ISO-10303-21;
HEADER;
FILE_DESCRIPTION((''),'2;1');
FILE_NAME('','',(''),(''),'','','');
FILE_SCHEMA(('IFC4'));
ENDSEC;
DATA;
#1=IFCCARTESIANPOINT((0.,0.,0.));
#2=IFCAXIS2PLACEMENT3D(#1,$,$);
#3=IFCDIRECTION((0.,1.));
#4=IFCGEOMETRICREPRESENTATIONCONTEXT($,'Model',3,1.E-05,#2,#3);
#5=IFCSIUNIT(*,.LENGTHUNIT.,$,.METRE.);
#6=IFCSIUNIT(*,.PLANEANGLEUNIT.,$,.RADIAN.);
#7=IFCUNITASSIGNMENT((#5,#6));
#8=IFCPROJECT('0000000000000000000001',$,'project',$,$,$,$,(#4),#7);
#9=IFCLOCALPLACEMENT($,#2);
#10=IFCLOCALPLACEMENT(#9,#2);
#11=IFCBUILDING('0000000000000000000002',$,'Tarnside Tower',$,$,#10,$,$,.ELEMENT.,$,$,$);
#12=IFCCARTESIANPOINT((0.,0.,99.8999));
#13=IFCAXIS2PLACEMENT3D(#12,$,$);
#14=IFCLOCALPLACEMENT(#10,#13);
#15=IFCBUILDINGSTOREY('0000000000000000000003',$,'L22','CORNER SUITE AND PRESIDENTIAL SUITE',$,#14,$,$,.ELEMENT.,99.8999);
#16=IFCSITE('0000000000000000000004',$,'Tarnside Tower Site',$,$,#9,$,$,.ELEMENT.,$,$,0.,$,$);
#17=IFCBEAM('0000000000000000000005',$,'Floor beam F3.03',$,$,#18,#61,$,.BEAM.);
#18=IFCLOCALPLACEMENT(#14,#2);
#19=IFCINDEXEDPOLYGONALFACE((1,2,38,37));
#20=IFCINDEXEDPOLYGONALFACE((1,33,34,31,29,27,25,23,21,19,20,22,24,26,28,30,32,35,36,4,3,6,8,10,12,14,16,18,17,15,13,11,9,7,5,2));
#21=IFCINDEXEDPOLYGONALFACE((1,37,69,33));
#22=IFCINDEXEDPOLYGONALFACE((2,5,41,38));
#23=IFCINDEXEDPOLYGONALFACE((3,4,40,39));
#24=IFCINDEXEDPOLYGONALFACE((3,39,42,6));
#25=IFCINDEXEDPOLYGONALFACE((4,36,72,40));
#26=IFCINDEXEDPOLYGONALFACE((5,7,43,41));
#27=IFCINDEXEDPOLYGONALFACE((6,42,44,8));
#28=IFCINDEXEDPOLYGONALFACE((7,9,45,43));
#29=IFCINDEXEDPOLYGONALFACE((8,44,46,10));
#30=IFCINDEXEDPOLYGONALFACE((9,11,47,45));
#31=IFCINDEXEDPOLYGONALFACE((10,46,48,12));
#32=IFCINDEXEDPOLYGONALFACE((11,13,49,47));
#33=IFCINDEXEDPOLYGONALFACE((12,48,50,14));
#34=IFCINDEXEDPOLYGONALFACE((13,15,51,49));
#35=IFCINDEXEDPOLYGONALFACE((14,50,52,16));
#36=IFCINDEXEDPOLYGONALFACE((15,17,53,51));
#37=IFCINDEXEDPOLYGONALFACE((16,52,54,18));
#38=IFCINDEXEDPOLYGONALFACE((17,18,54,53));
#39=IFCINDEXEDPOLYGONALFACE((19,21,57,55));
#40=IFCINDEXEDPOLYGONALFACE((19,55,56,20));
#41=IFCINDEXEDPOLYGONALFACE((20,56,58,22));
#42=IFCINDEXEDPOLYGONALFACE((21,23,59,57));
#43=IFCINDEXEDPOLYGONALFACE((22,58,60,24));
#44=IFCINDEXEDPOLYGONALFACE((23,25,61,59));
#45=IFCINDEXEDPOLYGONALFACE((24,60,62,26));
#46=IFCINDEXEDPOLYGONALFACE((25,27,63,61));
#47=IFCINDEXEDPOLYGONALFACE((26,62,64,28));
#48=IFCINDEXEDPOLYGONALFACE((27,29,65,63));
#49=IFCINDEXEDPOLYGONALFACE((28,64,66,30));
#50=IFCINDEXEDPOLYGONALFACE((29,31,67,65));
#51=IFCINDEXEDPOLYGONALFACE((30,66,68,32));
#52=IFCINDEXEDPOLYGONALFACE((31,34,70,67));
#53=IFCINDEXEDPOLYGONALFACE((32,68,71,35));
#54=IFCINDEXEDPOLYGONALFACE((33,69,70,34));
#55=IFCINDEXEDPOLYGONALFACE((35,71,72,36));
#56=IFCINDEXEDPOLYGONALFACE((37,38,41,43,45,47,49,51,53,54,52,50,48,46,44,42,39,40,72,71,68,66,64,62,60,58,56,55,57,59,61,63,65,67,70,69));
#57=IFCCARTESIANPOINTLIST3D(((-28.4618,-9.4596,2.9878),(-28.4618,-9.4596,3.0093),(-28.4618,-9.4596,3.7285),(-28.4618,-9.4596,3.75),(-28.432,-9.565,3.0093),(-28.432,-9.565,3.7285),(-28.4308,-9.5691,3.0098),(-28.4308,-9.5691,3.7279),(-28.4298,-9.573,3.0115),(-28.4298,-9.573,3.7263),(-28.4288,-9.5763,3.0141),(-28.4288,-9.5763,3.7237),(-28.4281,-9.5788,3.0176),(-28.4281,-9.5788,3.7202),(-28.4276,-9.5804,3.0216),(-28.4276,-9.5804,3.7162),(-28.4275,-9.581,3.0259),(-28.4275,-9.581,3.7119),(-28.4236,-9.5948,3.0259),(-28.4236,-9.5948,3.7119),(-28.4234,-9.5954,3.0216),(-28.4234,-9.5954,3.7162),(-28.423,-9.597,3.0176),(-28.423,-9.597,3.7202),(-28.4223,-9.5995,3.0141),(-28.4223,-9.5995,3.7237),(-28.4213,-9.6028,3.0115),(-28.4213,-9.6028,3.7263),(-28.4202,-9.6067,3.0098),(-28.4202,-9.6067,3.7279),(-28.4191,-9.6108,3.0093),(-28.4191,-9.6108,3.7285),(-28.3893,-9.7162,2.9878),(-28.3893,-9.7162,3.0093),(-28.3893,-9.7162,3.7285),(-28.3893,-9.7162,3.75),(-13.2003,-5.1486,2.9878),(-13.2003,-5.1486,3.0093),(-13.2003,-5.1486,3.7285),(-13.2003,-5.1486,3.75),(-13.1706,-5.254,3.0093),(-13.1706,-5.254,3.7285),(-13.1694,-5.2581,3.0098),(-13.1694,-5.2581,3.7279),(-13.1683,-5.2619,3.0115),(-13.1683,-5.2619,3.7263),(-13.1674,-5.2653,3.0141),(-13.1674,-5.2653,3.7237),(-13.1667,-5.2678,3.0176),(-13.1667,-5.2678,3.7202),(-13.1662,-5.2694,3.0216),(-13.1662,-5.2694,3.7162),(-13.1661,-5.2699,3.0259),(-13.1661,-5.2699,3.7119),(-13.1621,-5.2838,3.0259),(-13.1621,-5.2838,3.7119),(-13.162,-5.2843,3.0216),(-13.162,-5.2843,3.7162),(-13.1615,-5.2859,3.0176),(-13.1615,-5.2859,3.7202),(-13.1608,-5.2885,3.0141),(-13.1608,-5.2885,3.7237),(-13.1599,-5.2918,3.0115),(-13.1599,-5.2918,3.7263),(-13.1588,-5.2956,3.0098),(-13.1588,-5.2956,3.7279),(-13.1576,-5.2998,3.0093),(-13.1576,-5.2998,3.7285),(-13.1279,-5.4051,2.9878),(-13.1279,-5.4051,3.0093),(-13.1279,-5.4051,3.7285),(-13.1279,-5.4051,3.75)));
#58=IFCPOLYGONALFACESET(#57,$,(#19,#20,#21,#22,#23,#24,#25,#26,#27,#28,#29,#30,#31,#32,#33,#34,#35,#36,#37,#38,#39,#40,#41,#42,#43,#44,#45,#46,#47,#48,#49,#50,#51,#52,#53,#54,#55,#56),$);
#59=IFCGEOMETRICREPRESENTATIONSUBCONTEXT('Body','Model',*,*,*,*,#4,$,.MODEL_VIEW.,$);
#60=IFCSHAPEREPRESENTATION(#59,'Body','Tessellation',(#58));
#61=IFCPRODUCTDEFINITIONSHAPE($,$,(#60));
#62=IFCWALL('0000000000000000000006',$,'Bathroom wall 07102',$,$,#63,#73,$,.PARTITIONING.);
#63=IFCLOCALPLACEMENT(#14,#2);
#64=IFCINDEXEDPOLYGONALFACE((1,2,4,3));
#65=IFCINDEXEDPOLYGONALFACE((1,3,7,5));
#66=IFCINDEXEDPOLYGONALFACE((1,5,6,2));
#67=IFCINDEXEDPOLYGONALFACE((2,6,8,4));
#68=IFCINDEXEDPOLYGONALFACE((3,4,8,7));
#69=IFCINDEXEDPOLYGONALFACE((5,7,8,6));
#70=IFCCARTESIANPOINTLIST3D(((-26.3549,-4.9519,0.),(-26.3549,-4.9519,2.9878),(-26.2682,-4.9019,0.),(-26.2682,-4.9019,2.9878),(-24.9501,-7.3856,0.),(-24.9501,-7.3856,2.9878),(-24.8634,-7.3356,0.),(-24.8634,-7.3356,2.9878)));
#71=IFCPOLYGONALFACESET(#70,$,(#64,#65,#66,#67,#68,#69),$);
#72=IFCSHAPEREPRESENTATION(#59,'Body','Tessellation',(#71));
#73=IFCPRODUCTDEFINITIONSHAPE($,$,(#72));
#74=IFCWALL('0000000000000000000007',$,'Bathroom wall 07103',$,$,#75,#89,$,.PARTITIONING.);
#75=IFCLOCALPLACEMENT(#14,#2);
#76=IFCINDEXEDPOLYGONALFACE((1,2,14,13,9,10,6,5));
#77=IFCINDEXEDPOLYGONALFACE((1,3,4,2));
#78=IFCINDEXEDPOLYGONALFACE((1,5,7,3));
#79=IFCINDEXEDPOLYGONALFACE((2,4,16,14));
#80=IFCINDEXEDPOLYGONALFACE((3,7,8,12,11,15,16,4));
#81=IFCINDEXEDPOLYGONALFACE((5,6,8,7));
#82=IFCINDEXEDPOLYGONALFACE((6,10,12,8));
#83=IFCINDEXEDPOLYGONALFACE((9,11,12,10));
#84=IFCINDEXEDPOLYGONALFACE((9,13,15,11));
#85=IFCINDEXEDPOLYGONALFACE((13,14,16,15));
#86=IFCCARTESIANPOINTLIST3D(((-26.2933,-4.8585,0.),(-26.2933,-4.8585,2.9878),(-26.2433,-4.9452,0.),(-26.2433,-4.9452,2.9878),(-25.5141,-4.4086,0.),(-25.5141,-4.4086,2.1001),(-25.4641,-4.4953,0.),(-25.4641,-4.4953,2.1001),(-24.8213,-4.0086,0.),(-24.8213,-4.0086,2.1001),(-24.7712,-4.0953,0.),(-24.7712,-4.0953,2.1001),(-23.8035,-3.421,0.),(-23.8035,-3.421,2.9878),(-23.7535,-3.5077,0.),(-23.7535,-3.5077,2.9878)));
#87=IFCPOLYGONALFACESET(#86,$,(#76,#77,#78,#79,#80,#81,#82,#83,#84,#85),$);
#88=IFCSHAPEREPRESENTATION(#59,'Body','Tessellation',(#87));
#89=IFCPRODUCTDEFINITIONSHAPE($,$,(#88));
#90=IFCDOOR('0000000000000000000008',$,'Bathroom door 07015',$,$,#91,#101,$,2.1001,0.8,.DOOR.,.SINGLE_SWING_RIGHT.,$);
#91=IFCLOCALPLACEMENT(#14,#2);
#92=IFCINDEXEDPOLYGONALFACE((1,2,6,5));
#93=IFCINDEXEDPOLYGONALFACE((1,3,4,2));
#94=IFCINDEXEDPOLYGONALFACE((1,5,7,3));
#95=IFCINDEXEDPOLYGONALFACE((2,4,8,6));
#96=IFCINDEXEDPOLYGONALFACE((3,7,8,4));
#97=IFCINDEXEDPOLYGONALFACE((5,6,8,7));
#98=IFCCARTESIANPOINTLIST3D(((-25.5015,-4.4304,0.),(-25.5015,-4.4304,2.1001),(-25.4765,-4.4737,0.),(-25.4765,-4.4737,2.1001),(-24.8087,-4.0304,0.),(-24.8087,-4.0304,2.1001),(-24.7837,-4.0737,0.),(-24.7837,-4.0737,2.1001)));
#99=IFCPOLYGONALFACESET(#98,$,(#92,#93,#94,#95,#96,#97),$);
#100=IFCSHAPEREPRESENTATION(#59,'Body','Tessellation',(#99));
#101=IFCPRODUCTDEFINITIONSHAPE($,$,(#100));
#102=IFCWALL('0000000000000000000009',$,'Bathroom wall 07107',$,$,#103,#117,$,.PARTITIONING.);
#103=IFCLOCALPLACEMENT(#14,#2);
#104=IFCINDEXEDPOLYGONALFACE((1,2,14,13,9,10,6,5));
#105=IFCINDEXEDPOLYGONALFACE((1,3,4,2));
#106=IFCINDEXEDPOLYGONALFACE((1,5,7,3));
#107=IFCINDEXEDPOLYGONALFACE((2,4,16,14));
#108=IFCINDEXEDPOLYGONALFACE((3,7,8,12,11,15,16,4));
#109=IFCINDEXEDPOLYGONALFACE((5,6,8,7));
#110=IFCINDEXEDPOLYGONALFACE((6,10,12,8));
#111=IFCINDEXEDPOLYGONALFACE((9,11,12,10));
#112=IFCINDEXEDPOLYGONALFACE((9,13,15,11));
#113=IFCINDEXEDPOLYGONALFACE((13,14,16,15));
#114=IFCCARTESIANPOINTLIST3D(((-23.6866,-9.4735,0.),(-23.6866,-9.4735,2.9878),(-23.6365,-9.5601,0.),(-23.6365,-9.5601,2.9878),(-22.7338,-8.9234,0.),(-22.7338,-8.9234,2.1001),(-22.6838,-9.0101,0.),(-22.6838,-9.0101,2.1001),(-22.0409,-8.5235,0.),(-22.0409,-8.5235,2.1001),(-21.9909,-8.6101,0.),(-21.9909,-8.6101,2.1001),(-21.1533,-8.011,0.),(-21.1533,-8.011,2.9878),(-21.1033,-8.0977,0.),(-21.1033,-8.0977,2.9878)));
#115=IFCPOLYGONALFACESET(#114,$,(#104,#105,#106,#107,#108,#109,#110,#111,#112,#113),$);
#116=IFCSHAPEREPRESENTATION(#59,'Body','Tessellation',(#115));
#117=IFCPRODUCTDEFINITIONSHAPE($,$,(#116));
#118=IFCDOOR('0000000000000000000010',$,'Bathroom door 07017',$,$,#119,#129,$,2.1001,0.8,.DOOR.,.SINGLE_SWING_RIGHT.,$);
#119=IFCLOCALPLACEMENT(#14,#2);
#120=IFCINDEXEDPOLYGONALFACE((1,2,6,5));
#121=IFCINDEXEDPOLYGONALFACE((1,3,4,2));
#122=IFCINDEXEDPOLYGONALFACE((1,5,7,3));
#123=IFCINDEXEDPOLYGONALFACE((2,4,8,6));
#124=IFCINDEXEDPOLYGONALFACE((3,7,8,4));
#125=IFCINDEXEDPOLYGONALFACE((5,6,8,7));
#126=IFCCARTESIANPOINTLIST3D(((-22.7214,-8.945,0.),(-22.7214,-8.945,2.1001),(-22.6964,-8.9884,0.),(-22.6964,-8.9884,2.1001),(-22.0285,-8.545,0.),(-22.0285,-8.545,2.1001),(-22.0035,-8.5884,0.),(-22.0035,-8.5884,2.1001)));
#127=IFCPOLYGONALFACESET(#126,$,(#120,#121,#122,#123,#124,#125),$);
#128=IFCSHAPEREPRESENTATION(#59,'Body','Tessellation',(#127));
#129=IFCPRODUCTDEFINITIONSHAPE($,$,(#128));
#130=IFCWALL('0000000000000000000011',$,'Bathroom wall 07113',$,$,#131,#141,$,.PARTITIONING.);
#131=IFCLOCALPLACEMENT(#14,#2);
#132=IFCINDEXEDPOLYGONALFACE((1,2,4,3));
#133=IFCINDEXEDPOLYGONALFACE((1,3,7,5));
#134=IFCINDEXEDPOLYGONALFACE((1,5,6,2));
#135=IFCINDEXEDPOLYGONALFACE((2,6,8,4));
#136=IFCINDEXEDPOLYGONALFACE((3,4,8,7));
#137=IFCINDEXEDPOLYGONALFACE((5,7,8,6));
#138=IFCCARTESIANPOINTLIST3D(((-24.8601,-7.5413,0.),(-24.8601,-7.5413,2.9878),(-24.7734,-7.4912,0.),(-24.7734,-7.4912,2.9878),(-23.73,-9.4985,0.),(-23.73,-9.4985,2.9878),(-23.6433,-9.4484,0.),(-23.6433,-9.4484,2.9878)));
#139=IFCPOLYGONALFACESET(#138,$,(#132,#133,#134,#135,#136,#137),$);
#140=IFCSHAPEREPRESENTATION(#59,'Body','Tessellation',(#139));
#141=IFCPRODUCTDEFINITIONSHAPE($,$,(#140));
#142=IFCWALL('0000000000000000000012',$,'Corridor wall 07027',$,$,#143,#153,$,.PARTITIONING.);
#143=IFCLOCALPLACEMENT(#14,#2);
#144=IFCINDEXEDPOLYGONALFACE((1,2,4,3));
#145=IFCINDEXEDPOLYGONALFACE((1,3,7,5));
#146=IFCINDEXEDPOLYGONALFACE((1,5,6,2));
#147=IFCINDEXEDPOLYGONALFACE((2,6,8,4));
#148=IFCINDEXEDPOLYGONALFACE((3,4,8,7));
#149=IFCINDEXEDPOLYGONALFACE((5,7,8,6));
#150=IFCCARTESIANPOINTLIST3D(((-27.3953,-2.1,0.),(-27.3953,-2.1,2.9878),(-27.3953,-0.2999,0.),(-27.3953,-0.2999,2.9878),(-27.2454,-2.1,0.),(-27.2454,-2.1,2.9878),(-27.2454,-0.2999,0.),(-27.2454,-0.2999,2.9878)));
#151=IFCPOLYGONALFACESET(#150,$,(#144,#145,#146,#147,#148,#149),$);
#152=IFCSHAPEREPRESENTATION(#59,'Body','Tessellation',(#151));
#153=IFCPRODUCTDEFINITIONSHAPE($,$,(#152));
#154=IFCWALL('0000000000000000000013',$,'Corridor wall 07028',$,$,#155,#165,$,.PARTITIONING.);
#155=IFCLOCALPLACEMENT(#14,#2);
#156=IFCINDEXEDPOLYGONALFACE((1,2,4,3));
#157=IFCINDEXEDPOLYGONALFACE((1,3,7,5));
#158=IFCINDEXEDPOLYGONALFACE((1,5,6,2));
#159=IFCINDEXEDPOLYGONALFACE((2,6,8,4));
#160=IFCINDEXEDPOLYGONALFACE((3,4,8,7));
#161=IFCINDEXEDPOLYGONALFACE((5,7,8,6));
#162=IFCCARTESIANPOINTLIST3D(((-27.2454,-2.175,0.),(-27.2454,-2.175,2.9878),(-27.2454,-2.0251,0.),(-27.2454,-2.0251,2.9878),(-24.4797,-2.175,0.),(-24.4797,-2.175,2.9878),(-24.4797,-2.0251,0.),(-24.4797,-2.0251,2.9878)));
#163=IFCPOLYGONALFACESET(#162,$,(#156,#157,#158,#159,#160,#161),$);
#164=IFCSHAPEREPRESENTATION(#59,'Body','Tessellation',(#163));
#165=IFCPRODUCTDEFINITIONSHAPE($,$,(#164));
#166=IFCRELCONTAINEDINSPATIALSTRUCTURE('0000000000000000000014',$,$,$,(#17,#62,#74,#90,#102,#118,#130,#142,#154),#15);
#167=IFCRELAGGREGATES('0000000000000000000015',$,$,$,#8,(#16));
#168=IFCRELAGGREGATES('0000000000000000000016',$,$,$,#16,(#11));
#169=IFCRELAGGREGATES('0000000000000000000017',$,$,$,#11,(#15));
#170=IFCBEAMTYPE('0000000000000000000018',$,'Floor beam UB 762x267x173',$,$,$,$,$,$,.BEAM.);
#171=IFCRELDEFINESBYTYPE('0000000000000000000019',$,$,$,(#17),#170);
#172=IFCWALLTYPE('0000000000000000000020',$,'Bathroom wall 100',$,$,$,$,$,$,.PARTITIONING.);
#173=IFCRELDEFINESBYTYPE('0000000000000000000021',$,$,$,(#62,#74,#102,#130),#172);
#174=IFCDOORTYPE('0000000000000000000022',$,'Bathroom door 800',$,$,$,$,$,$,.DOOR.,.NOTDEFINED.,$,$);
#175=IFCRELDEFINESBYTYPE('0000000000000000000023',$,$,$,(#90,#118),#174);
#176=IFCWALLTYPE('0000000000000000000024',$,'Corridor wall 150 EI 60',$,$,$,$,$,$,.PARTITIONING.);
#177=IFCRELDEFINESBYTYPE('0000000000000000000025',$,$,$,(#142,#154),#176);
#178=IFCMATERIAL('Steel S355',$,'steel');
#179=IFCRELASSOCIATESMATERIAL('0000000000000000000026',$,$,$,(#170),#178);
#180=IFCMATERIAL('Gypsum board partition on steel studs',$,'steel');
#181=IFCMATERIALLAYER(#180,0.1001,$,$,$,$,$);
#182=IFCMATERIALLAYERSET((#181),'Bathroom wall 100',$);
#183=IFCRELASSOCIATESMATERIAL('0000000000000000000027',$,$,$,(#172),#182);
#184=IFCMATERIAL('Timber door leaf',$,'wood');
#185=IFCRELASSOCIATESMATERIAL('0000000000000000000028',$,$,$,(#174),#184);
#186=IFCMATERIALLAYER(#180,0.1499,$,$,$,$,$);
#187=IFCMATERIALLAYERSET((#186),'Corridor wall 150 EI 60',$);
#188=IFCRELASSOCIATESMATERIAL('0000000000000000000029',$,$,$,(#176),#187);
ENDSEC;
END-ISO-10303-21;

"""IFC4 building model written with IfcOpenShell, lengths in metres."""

from ifc_helpers import new_model, si_unit, direction, frame, frame_2d, origin, origin_2d, place, context, subcontext, project, spatial, rectangle, i_section, extrude, material, layer, layer_set, material_profile, profile_set, type_object, element, fill, save


model = new_model("IFC4")

# Units and contexts
model_context = context("Model", 3, precision=1e-05, world=origin(), true_north=direction((0.0, 1.0)))
body_context = subcontext(model_context, "Body", "Model", "MODEL_VIEW")
ifc_project = project(units=[si_unit("LENGTHUNIT", "METRE"), si_unit("PLANEANGLEUNIT", "RADIAN")], contexts=[model_context])

# Site, building, storey
site_placement = place(None, origin())
site = spatial("IfcSite", under=ifc_project, at=site_placement, Name="Tarnside Tower Site", CompositionType="ELEMENT", RefElevation=0.0)
building_placement = place(site_placement, origin())
building = spatial("IfcBuilding", under=site, at=building_placement, Name="Tarnside Tower", CompositionType="ELEMENT")
storey_placement = place(building_placement, frame((0.0, 0.0, 99.8999)))
storey = spatial("IfcBuildingStorey", under=building, at=storey_placement, Name="L22", Description="CORNER SUITE AND PRESIDENTIAL SUITE", CompositionType="ELEMENT", Elevation=99.8999)

# Beam
ifc_material_1 = material(Name="Steel S355", Category="steel")
ifc_material_profile = material_profile(ifc_material_1, i_section(OverallWidth=0.2666, OverallDepth=0.7622, WebThickness=0.0144, FlangeThickness=0.0215, FilletRadius=0.0166, at=origin_2d()), Name="UB 762x267x173")
ifc_profile_set = profile_set([ifc_material_profile], Name="Steel S355")
beam_type = type_object("IfcBeamType", Name="Floor beam UB 762x267x173", PredefinedType="BEAM", material=ifc_profile_set)
beam_placement = place(storey_placement, frame((-28.4255, -9.5879, 3.3689), z_axis=(0.962342, 0.271841, 0.0), x_axis=(-0.271841, 0.962342, 0.0)))
element("IfcBeam", 1, at=beam_placement, inside=storey, type_object=beam_type, Name="Floor beam F3.03", PredefinedType="BEAM", context=body_context, shape_type="SweptSolid", body=[
    extrude(i_section(OverallWidth=0.2666, OverallDepth=0.7622, WebThickness=0.0144, FlangeThickness=0.0215, FilletRadius=0.0166, at=origin_2d()), origin(), (0.0, 0.0, 1.0), 15.8586),
])

# Wall
ifc_material_2 = material(Name="Gypsum board partition on steel studs", Category="steel")
ifc_layer_1 = layer(ifc_material_2, 0.1001)
ifc_layer_set_1 = layer_set([ifc_layer_1], Name="Bathroom wall 100")
wall_type_1 = type_object("IfcWallType", Name="Bathroom wall 100", PredefinedType="PARTITIONING", material=ifc_layer_set_1)
wall_1_placement = place(storey_placement, frame((-24.9067, -7.3606, 0.0), z_axis=(0.0, 0.0, 1.0), x_axis=(-0.499933, 0.866064, 0.0)))
element("IfcWall", 2, at=wall_1_placement, inside=storey, type_object=wall_type_1, Name="Bathroom wall 07102", PredefinedType="PARTITIONING", context=body_context, shape_type="SweptSolid", body=[
    extrude(rectangle(XDim=2.8101, YDim=0.1001, at=frame_2d((1.405, 0.0))), origin(), (0.0, 0.0, 1.0), 2.9878),
])

# Walls, openings, doors
wall_2_placement = place(storey_placement, frame((-26.2683, -4.9019, 0.0), z_axis=(0.0, 0.0, 1.0), x_axis=(0.866019, 0.500012, 0.0)))
wall_2 = element("IfcWall", 3, at=wall_2_placement, inside=storey, type_object=wall_type_1, Name="Bathroom wall 07103", PredefinedType="PARTITIONING", context=body_context, shape_type="SweptSolid", body=[
    extrude(rectangle(XDim=2.875, YDim=0.1001, at=frame_2d((1.4375, 0.0))), origin(), (0.0, 0.0, 1.0), 2.9878),
])
opening_1_placement = place(wall_2_placement, frame((0.8999, 0.0, 0.0)))
opening_1 = element("IfcOpeningElement", 4, at=opening_1_placement, cuts=wall_2, PredefinedType="OPENING", context=body_context, shape_type="SweptSolid", body=[
    extrude(rectangle(XDim=0.8, YDim=2.1001, at=frame_2d((0.3999, 1.05))), frame((0.0, 0.0601, 0.0), z_axis=(0.0, -1.0, 0.0), x_axis=(1.0, 0.0, 0.0)), (0.0, 0.0, 1.0), 0.1201),
])
ifc_material_3 = material(Name="Timber door leaf", Category="wood")
door_type_1 = type_object("IfcDoorType", Name="Bathroom door 800", OperationType="NOTDEFINED", PredefinedType="DOOR", material=ifc_material_3)
door_1_placement = place(opening_1_placement, origin())
door_1 = element("IfcDoor", 5, at=door_1_placement, inside=storey, type_object=door_type_1, Name="Bathroom door 07015", OperationType="SINGLE_SWING_RIGHT", OverallHeight=2.1001, OverallWidth=0.8, PredefinedType="DOOR", context=body_context, shape_type="SweptSolid", body=[
    extrude(rectangle(XDim=0.8, YDim=2.1001, at=frame_2d((0.3999, 1.05))), frame((0.0, 0.0249, 0.0), z_axis=(0.0, -1.0, 0.0), x_axis=(1.0, 0.0, 0.0)), (0.0, 0.0, 1.0), 0.05),
])
fill(opening_1, door_1)
wall_3_placement = place(storey_placement, frame((-21.1284, -8.0544, 0.0), z_axis=(0.0, 0.0, 1.0), x_axis=(-0.866047, -0.499963, 0.0)))
wall_3 = element("IfcWall", 6, at=wall_3_placement, inside=storey, type_object=wall_type_1, Name="Bathroom wall 07107", PredefinedType="PARTITIONING", context=body_context, shape_type="SweptSolid", body=[
    extrude(rectangle(XDim=2.925, YDim=0.1001, at=frame_2d((1.4624, 0.0))), origin(), (0.0, 0.0, 1.0), 2.9878),
])
opening_2_placement = place(wall_3_placement, frame((1.0249, 0.0, 0.0)))
opening_2 = element("IfcOpeningElement", 7, at=opening_2_placement, cuts=wall_3, PredefinedType="OPENING", context=body_context, shape_type="SweptSolid", body=[
    extrude(rectangle(XDim=0.8, YDim=2.1001, at=frame_2d((0.3999, 1.05))), frame((0.0, 0.0601, 0.0), z_axis=(0.0, -1.0, 0.0), x_axis=(1.0, 0.0, 0.0)), (0.0, 0.0, 1.0), 0.1201),
])
door_2_placement = place(opening_2_placement, origin())
door_2 = element("IfcDoor", 8, at=door_2_placement, inside=storey, type_object=door_type_1, Name="Bathroom door 07017", OperationType="SINGLE_SWING_RIGHT", OverallHeight=2.1001, OverallWidth=0.8, PredefinedType="DOOR", context=body_context, shape_type="SweptSolid", body=[
    extrude(rectangle(XDim=0.8, YDim=2.1001, at=frame_2d((0.3999, 1.05))), frame((0.0, 0.0249, 0.0), z_axis=(0.0, -1.0, 0.0), x_axis=(1.0, 0.0, 0.0)), (0.0, 0.0, 1.0), 0.05),
])
fill(opening_2, door_2)

# Walls
wall_4_placement = place(storey_placement, frame((-24.8167, -7.5164, 0.0), z_axis=(0.0, 0.0, 1.0), x_axis=(0.500031, -0.866007, 0.0)))
element("IfcWall", 9, at=wall_4_placement, inside=storey, type_object=wall_type_1, Name="Bathroom wall 07113", PredefinedType="PARTITIONING", context=body_context, shape_type="SweptSolid", body=[
    extrude(rectangle(XDim=2.26, YDim=0.1001, at=frame_2d((1.1299, 0.0))), origin(), (0.0, 0.0, 1.0), 2.9878),
])
ifc_layer_2 = layer(ifc_material_2, 0.1499)
ifc_layer_set_2 = layer_set([ifc_layer_2], Name="Corridor wall 150 EI 60")
wall_type_2 = type_object("IfcWallType", Name="Corridor wall 150 EI 60", PredefinedType="PARTITIONING", material=ifc_layer_set_2)
wall_5_placement = place(storey_placement, frame((-27.3203, -0.3, 0.0), z_axis=(0.0, 0.0, 1.0), x_axis=(0.0, -1.0, 0.0)))
element("IfcWall", 10, at=wall_5_placement, inside=storey, type_object=wall_type_2, Name="Corridor wall 07027", PredefinedType="PARTITIONING", context=body_context, shape_type="SweptSolid", body=[
    extrude(rectangle(XDim=1.8, YDim=0.1499, at=frame_2d((0.8999, 0.0))), origin(), (0.0, 0.0, 1.0), 2.9878),
])
wall_6_placement = place(storey_placement, frame((-27.2454, -2.1001, 0.0), z_axis=(0.0, 0.0, 1.0), x_axis=(1.0, 0.0, 0.0)))
element("IfcWall", 11, at=wall_6_placement, inside=storey, type_object=wall_type_2, Name="Corridor wall 07028", PredefinedType="PARTITIONING", context=body_context, shape_type="SweptSolid", body=[
    extrude(rectangle(XDim=2.7656, YDim=0.1499, at=frame_2d((1.3828, 0.0))), origin(), (0.0, 0.0, 1.0), 2.9878),
])

save(model, "model.ifc")
